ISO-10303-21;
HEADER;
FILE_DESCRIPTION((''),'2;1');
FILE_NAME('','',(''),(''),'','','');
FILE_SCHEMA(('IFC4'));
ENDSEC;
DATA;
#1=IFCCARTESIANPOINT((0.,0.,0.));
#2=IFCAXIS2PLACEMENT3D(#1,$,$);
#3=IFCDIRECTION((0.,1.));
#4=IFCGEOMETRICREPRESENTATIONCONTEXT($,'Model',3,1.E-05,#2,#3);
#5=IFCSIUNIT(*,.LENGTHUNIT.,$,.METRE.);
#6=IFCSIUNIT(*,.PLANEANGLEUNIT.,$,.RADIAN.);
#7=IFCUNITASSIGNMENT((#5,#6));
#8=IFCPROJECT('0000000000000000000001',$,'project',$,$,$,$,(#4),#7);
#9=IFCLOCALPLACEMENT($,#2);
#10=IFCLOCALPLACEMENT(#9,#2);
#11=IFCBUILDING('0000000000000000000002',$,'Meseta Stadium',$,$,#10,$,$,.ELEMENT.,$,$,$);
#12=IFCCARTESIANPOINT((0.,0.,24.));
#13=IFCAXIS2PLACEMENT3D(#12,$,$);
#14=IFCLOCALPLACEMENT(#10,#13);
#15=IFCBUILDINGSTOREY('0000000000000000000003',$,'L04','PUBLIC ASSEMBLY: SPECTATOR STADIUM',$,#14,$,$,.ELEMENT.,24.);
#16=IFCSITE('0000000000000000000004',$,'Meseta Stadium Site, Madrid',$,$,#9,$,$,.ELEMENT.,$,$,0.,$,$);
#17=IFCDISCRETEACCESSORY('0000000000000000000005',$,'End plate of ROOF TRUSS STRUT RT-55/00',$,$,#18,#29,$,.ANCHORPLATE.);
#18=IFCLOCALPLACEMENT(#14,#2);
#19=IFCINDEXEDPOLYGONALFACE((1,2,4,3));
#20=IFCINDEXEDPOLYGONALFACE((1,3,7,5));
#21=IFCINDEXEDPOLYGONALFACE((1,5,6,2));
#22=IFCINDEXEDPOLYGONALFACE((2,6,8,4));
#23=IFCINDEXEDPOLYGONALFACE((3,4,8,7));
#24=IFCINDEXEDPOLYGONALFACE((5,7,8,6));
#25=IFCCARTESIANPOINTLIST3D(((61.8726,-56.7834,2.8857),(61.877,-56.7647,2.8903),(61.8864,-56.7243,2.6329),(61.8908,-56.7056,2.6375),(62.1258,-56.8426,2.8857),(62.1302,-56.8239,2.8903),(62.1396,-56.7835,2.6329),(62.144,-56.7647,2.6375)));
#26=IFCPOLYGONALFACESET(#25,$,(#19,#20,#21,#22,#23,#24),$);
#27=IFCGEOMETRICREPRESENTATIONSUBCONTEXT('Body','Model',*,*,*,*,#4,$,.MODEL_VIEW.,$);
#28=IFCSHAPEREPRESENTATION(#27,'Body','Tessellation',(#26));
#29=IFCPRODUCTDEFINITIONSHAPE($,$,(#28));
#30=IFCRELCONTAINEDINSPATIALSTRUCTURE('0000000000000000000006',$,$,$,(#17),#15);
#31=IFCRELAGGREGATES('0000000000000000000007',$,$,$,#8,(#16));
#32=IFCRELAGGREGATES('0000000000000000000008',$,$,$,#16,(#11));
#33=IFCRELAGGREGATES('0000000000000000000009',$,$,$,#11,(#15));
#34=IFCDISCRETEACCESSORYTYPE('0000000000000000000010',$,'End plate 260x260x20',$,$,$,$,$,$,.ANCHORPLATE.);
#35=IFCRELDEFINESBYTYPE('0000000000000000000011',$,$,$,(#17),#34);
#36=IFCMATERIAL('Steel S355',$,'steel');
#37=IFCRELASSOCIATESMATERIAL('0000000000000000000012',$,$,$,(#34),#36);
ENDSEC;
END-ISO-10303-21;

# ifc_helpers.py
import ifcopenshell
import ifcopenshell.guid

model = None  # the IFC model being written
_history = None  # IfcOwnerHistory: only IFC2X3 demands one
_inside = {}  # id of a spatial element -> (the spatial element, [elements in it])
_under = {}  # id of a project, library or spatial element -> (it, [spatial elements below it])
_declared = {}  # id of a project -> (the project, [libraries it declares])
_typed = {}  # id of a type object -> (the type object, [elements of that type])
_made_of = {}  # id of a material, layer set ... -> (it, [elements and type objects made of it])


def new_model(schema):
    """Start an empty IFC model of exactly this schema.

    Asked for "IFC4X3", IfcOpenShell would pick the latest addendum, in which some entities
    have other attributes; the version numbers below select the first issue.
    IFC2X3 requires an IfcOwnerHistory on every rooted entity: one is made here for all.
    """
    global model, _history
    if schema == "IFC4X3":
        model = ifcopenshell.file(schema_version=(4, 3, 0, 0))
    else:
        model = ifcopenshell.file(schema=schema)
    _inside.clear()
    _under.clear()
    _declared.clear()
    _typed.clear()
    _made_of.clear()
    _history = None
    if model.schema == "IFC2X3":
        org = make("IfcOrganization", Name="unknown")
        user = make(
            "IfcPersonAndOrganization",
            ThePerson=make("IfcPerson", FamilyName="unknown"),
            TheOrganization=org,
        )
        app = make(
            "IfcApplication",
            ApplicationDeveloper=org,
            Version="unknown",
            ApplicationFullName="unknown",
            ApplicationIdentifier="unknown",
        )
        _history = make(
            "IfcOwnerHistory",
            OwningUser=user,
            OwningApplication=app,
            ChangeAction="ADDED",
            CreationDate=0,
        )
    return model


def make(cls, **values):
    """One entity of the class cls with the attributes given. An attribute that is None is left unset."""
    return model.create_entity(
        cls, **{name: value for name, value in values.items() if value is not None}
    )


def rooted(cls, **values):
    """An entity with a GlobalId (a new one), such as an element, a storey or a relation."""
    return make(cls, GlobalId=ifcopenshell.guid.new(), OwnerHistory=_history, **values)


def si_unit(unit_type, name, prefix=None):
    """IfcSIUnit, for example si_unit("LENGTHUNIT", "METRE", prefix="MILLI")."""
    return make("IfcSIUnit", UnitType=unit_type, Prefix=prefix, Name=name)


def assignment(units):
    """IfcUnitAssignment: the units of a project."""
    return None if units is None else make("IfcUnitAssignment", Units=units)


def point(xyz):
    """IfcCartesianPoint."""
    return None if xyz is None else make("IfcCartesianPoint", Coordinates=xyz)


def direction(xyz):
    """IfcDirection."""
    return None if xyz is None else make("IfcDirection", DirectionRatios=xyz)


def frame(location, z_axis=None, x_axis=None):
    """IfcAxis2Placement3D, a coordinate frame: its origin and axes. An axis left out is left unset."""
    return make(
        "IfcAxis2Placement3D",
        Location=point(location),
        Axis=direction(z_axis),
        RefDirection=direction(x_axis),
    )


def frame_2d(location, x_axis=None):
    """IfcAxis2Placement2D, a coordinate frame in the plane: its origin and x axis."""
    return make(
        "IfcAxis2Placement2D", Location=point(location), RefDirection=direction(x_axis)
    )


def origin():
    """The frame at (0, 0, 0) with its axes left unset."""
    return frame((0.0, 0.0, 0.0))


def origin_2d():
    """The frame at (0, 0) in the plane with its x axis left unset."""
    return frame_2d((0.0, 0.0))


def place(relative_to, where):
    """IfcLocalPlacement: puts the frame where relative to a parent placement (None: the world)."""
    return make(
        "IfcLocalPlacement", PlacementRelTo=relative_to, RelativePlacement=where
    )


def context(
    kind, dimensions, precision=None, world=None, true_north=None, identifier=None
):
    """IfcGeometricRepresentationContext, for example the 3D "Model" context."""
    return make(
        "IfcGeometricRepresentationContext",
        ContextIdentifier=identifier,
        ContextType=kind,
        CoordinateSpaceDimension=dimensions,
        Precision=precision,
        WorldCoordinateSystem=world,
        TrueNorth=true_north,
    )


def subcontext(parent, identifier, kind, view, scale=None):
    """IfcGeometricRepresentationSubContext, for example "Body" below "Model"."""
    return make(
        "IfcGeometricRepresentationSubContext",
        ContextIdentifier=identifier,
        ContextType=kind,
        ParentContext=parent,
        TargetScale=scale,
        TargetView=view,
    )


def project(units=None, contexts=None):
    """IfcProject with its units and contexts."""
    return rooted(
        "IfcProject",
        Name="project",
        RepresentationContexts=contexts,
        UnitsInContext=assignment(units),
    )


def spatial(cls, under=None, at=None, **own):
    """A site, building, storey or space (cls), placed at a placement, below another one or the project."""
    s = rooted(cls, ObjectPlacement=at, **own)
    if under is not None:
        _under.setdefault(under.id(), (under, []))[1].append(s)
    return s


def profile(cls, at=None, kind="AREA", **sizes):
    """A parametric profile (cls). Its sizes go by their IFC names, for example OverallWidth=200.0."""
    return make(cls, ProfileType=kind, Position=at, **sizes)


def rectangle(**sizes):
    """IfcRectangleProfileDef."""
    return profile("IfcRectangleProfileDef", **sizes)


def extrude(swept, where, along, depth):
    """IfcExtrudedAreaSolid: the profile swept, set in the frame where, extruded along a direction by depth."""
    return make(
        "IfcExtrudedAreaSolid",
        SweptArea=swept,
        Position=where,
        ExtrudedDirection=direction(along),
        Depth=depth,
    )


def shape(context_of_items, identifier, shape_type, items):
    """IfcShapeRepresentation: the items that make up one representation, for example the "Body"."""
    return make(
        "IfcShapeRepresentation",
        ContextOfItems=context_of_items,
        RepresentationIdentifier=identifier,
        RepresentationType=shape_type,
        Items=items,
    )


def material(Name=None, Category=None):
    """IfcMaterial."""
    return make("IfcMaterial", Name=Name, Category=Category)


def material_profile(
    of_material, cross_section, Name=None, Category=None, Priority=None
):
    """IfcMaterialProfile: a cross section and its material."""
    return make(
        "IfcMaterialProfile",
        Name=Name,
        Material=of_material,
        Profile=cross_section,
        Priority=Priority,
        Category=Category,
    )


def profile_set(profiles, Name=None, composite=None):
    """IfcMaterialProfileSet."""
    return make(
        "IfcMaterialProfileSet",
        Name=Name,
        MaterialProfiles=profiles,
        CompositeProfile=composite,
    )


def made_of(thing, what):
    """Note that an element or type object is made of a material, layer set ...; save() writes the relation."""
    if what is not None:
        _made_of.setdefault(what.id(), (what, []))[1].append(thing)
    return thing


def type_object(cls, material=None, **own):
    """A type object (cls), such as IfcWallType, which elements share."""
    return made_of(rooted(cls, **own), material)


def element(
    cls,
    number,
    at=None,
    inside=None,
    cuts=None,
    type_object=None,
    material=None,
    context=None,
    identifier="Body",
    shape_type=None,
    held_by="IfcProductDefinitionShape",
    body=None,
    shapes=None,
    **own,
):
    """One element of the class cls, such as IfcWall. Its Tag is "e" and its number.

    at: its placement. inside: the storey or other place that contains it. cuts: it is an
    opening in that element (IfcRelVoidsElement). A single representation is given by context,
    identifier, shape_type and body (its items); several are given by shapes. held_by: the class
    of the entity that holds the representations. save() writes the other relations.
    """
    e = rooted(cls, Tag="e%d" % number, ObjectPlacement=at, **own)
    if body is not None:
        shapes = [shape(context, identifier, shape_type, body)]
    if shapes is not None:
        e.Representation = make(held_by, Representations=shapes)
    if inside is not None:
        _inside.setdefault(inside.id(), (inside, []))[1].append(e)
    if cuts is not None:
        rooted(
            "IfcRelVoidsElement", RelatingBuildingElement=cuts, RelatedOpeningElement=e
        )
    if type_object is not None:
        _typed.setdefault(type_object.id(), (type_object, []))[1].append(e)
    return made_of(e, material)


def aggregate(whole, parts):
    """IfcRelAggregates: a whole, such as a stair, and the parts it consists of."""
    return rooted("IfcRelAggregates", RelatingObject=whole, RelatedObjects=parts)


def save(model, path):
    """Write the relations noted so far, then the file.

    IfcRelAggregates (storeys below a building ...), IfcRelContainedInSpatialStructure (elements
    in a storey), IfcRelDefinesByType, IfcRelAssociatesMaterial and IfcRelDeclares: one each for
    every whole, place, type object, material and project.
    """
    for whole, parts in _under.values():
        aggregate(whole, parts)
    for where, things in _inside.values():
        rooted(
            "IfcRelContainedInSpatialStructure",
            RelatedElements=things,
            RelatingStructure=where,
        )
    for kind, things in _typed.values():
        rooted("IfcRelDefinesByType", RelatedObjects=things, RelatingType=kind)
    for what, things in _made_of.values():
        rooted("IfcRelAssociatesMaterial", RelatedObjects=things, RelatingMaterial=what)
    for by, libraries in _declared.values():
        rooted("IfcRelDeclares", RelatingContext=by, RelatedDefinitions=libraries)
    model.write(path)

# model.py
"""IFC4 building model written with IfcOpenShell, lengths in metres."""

from ifc_helpers import new_model, si_unit, direction, frame, origin, origin_2d, place, context, subcontext, project, spatial, rectangle, extrude, material, material_profile, profile_set, type_object, element, save


model = new_model("IFC4")

# Units and contexts
model_context = context("Model", 3, precision=1e-05, world=origin(), true_north=direction((0.0, 1.0)))
body_context = subcontext(model_context, "Body", "Model", "MODEL_VIEW")
ifc_project = project(units=[si_unit("LENGTHUNIT", "METRE"), si_unit("PLANEANGLEUNIT", "RADIAN")], contexts=[model_context])

# Site, building, storey
site_placement = place(None, origin())
site = spatial("IfcSite", under=ifc_project, at=site_placement, Name="Meseta Stadium Site, Madrid", CompositionType="ELEMENT", RefElevation=0.0)
building_placement = place(site_placement, origin())
building = spatial("IfcBuilding", under=site, at=building_placement, Name="Meseta Stadium", CompositionType="ELEMENT")
storey_placement = place(building_placement, frame((0.0, 0.0, 24.0)))
storey = spatial("IfcBuildingStorey", under=building, at=storey_placement, Name="L04", Description="PUBLIC ASSEMBLY: SPECTATOR STADIUM", CompositionType="ELEMENT", Elevation=24.0)

# Discrete accessory
ifc_material_1 = material(Name="Steel S355", Category="steel")
ifc_material_profile_1 = material_profile(ifc_material_1, rectangle(XDim=0.26, YDim=0.26, at=origin_2d()), Name="PL 260x260")
ifc_profile_set_1 = profile_set([ifc_material_profile_1], Name="Steel S355")
discrete_accessory_type_1 = type_object("IfcDiscreteAccessoryType", Name="End plate 260x260x20", PredefinedType="ANCHORPLATE", material=ifc_profile_set_1)
discrete_accessory_1_placement = place(storey_placement, frame((62.0061, -56.7834, 2.7593), z_axis=(0.22133, 0.946801, 0.233626), x_axis=(-0.973748, 0.227629, 0.0)))
element("IfcDiscreteAccessory", 1, at=discrete_accessory_1_placement, inside=storey, type_object=discrete_accessory_type_1, Name="End plate of ROOF TRUSS STRUT RT-55/00", PredefinedType="ANCHORPLATE", context=body_context, shape_type="SweptSolid", body=[
    extrude(rectangle(XDim=0.26, YDim=0.26, at=origin_2d()), origin(), (0.0, 0.0, 1.0), 0.0198),
])

save(model, "model.ifc")
